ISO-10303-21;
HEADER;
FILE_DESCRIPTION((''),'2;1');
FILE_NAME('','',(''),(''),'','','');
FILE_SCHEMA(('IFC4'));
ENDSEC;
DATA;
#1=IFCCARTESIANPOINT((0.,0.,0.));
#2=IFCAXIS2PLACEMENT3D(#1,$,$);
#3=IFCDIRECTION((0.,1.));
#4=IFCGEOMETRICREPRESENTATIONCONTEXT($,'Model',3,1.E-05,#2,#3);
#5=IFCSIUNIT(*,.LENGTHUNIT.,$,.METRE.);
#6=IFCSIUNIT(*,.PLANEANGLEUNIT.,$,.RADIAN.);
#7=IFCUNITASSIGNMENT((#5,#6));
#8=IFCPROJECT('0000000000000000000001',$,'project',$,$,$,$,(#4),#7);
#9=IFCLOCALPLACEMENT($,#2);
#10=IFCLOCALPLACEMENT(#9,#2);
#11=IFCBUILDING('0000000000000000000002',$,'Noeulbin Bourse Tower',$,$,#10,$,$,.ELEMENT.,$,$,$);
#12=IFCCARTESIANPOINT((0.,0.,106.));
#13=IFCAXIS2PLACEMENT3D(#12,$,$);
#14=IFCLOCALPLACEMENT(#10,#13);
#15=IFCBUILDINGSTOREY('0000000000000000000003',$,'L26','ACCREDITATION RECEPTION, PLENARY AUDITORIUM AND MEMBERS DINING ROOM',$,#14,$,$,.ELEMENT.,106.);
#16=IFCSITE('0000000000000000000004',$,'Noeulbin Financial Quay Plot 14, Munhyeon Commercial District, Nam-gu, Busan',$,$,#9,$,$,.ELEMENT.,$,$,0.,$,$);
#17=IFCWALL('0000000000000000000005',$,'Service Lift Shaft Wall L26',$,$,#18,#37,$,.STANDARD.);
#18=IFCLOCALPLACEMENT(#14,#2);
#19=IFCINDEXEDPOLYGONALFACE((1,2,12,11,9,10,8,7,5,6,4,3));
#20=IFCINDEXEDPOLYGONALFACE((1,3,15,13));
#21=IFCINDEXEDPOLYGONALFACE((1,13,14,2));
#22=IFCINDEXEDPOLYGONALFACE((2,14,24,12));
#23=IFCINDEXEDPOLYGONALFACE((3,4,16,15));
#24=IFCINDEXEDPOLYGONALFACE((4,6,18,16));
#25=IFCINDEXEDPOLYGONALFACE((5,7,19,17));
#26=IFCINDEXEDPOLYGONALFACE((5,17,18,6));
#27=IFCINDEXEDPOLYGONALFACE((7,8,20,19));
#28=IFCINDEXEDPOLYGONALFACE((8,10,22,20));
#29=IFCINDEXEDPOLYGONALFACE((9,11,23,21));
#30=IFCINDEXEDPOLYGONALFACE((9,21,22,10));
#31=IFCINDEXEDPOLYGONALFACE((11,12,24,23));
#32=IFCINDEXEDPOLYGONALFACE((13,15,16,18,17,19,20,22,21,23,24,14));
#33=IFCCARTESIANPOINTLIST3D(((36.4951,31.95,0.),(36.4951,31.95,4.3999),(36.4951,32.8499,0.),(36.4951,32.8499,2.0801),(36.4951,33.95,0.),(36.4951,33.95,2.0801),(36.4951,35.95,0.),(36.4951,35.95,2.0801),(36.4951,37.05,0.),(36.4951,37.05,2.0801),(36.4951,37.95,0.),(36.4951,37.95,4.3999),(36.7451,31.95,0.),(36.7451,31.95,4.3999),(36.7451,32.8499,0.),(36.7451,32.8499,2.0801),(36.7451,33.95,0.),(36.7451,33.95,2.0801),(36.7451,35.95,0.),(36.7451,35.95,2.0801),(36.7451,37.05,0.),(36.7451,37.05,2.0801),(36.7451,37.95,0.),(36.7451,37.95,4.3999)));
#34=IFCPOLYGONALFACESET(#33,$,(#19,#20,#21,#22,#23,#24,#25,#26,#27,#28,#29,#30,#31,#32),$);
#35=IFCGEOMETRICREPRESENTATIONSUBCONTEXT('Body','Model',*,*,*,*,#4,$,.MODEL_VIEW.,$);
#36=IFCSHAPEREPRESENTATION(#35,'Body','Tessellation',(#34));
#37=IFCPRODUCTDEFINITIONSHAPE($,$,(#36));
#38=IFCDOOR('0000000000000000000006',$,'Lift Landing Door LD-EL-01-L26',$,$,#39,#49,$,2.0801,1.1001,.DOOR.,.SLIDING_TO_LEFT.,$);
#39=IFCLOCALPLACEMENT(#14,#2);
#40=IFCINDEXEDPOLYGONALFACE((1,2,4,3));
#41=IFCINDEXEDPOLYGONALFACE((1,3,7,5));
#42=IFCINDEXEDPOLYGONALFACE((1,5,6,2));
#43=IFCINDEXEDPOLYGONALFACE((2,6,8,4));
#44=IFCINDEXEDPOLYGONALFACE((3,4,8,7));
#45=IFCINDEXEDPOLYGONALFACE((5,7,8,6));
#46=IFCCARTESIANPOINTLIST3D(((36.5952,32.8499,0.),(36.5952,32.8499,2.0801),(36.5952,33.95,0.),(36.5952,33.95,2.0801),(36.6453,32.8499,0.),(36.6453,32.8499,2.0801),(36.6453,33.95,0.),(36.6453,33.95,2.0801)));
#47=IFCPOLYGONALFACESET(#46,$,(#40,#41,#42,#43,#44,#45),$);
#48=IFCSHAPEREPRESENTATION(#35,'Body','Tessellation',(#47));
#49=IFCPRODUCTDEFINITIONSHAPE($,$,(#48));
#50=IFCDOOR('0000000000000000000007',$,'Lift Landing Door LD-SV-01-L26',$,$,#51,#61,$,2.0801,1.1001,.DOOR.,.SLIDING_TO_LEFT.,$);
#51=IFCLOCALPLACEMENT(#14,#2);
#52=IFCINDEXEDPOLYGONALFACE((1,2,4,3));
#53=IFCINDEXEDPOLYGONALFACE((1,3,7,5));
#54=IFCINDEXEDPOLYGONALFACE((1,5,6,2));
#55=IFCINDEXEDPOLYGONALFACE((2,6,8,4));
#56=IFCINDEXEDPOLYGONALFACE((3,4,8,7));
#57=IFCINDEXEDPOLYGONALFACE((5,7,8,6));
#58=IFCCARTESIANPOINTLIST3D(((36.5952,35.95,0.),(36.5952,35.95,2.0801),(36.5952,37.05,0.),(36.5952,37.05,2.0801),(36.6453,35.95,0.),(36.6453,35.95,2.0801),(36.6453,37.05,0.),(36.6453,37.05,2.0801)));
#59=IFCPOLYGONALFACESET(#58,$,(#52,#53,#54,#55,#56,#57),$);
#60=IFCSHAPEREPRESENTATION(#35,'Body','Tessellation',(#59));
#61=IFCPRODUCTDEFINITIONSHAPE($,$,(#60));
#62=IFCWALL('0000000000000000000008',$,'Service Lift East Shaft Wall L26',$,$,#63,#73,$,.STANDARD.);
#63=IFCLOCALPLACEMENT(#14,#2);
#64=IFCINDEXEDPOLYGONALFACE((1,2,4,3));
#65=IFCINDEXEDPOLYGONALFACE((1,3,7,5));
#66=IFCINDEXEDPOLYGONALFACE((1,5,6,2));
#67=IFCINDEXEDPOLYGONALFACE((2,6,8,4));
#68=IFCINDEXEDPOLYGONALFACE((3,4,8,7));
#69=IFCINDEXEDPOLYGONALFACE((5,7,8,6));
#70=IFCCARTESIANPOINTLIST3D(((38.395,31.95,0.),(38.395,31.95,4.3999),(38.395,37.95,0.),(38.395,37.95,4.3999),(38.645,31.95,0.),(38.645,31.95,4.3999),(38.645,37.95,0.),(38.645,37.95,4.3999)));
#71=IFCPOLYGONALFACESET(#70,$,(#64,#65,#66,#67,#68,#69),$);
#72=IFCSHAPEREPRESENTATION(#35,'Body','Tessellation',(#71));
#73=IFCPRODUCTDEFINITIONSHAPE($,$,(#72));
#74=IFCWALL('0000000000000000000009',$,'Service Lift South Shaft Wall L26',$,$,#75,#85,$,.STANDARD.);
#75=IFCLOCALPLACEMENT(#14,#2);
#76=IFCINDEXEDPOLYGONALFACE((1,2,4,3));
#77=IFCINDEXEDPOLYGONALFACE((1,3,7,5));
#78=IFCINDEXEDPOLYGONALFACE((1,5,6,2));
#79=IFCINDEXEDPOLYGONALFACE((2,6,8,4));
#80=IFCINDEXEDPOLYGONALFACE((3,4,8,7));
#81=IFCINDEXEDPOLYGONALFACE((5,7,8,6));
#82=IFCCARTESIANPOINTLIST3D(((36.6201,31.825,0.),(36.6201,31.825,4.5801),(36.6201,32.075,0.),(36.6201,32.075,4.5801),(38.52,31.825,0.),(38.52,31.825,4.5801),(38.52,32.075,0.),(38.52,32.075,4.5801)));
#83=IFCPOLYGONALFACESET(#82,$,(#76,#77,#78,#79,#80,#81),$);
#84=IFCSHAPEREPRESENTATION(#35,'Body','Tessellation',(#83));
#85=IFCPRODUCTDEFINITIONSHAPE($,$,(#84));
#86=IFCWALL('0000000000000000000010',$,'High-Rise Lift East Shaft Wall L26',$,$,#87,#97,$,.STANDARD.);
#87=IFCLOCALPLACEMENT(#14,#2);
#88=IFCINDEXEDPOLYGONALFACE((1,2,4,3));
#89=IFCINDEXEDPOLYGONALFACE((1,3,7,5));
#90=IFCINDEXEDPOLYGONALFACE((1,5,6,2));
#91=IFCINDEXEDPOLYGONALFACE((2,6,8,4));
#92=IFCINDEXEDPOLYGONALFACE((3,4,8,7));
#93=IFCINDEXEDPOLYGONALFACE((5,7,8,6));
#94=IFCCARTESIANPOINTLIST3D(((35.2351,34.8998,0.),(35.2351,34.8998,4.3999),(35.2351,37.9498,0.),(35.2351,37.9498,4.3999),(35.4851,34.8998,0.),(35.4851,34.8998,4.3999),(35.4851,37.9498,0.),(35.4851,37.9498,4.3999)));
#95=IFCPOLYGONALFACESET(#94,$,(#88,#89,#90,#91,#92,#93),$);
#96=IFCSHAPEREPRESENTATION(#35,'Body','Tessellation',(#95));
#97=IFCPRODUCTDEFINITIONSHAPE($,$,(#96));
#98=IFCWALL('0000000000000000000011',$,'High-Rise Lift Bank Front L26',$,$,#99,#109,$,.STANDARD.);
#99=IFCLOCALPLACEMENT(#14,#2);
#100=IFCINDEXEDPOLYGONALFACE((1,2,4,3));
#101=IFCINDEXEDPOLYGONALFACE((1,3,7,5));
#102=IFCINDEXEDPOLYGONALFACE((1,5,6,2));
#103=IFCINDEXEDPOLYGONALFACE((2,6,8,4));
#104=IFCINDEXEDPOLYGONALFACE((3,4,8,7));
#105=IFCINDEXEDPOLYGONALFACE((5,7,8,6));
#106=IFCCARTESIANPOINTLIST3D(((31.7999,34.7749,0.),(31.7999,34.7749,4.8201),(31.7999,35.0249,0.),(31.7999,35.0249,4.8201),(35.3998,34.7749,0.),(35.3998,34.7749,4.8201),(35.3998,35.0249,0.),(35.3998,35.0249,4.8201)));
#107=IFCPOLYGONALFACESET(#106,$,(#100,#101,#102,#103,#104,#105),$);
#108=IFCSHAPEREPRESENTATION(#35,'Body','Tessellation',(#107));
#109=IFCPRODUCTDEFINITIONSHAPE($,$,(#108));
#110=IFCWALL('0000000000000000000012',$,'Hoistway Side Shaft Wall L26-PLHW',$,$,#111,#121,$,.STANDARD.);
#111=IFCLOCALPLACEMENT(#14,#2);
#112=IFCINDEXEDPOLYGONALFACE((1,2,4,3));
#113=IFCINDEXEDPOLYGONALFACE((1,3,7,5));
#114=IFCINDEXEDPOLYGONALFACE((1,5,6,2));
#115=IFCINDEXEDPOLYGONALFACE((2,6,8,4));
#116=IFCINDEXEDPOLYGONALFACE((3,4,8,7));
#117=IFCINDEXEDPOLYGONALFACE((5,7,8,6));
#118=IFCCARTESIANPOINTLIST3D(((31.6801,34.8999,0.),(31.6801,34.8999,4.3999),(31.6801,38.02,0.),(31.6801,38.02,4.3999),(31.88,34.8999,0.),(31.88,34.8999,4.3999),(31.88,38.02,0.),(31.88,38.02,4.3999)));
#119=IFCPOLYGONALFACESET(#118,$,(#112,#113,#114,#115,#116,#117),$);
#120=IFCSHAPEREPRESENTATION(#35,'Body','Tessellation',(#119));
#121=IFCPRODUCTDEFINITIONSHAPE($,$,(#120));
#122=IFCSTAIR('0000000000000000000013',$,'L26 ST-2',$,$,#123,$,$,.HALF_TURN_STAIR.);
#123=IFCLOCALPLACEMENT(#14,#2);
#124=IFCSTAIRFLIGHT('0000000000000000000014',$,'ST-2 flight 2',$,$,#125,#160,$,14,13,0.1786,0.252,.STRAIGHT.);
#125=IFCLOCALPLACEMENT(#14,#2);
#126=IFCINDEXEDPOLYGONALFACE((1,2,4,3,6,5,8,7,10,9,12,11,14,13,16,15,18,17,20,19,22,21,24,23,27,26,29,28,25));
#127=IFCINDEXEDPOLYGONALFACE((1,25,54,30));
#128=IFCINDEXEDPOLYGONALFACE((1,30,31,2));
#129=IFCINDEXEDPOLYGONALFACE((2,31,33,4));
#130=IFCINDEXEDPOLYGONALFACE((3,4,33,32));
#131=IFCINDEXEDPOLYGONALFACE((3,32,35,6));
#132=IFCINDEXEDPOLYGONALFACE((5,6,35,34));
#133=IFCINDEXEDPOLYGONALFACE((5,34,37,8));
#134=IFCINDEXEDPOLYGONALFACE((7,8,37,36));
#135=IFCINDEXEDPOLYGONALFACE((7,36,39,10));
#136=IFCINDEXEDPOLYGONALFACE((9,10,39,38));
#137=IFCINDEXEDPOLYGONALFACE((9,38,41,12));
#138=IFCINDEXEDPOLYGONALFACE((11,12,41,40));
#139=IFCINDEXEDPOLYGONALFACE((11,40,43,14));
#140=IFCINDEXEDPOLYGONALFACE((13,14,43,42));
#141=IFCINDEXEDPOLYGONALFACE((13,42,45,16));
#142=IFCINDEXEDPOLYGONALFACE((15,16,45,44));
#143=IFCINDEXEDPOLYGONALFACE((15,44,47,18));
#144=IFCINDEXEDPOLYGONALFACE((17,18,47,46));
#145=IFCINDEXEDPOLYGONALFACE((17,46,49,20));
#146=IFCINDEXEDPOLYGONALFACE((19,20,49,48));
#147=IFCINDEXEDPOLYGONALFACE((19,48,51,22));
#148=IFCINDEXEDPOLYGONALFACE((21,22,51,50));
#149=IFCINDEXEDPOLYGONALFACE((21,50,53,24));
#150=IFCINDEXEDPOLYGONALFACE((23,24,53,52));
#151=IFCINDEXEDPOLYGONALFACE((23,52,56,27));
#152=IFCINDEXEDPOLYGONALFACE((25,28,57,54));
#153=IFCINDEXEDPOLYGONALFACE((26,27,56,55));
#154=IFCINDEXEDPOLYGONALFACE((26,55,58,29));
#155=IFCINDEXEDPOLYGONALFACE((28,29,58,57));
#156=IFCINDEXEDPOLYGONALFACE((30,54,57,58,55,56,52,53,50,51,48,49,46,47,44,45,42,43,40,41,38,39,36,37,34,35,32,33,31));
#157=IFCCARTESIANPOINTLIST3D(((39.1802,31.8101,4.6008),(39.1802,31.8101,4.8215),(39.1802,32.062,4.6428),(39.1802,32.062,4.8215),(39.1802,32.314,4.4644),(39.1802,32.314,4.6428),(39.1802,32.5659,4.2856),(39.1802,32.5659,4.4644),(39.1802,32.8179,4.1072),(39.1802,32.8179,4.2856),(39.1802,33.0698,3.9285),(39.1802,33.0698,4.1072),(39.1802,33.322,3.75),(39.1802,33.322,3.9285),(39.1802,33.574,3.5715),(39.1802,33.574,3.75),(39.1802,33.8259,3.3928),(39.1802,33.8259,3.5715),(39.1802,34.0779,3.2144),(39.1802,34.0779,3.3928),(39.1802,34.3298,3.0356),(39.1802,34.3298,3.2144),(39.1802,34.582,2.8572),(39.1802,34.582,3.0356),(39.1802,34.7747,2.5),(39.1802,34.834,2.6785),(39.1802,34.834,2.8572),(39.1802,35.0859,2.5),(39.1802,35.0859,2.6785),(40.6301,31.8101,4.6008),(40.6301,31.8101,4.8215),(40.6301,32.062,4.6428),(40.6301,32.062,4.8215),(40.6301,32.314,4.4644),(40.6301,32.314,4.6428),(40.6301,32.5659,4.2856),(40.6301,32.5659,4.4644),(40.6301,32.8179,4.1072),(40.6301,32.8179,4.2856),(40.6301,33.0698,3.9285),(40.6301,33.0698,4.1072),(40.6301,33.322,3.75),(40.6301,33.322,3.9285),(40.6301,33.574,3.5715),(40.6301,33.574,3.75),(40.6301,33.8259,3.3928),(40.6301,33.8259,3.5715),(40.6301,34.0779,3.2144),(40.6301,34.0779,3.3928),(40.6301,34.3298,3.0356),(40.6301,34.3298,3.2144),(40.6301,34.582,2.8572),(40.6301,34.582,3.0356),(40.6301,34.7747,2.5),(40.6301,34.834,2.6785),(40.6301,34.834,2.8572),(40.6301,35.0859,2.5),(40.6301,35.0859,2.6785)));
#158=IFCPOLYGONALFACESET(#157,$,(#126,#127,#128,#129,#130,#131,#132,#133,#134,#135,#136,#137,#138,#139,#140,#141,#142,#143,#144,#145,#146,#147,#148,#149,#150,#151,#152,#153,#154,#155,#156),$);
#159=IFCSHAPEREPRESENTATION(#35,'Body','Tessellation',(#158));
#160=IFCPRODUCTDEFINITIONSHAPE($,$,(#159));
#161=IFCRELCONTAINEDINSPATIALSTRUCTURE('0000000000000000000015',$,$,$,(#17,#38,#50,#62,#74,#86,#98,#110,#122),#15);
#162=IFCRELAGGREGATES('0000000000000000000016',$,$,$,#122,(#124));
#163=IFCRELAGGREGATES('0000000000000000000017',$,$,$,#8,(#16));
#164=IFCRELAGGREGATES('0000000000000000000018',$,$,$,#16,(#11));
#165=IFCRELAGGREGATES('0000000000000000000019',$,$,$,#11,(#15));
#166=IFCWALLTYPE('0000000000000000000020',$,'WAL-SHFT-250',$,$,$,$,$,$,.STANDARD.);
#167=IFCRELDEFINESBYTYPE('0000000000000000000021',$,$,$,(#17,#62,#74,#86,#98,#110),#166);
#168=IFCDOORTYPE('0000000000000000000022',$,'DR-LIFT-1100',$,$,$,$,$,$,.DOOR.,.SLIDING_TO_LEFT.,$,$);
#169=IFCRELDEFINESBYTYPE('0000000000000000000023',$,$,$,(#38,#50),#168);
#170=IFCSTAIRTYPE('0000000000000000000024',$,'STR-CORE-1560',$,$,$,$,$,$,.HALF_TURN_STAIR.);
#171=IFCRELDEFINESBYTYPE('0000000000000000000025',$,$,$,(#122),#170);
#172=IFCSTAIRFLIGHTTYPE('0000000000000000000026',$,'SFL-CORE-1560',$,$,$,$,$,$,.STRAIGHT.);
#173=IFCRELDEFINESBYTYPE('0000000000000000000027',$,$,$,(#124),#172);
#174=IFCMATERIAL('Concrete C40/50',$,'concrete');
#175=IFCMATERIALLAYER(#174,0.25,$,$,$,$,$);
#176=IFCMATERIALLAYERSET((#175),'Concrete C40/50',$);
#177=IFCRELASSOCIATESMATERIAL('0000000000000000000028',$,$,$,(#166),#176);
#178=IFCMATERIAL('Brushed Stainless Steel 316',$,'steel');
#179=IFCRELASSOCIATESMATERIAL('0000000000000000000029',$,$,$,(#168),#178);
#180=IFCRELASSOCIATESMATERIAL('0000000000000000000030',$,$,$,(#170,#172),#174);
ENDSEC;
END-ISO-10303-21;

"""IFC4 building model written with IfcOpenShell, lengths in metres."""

from ifc_helpers import new_model, si_unit, direction, frame, frame_2d, origin, place, context, subcontext, project, spatial, polyline, rectangle, outline, extrude, material, layer, layer_set, type_object, element, fill, aggregate, save


model = new_model("IFC4")

# Units and contexts
model_context = context("Model", 3, precision=1e-05, world=origin(), true_north=direction((0.0, 1.0)))
body_context = subcontext(model_context, "Body", "Model", "MODEL_VIEW")
ifc_project = project(units=[si_unit("LENGTHUNIT", "METRE"), si_unit("PLANEANGLEUNIT", "RADIAN")], contexts=[model_context])

# Site, building, storey
site_placement = place(None, origin())
site = spatial("IfcSite", under=ifc_project, at=site_placement, Name="Noeulbin Financial Quay Plot 14, Munhyeon Commercial District, Nam-gu, Busan", CompositionType="ELEMENT", RefElevation=0.0)
building_placement = place(site_placement, origin())
building = spatial("IfcBuilding", under=site, at=building_placement, Name="Noeulbin Bourse Tower", CompositionType="ELEMENT")
storey_placement = place(building_placement, frame((0.0, 0.0, 106.0)))
storey = spatial("IfcBuildingStorey", under=building, at=storey_placement, Name="L26", Description="ACCREDITATION RECEPTION, PLENARY AUDITORIUM AND MEMBERS DINING ROOM", CompositionType="ELEMENT", Elevation=106.0)

# Shared definitions
ifc_material_1 = material(Name="Concrete C40/50", Category="concrete")

# Shared definitions
ifc_layer_1 = layer(ifc_material_1, 0.25)
ifc_layer_set_1 = layer_set([ifc_layer_1], Name="Concrete C40/50")
wall_type_1 = type_object("IfcWallType", Name="WAL-SHFT-250", PredefinedType="STANDARD", material=ifc_layer_set_1)

# Wall, openings, doors
wall_1_placement = place(storey_placement, frame((36.6201, 31.95, 0.0), z_axis=(0.0, 0.0, 1.0), x_axis=(0.0, 1.0, 0.0)))
wall_1 = element("IfcWall", 1, at=wall_1_placement, inside=storey, type_object=wall_type_1, Name="Service Lift Shaft Wall L26", PredefinedType="STANDARD", context=body_context, shape_type="SweptSolid", body=[
    extrude(rectangle(XDim=6.0, YDim=0.25, at=frame_2d((3.0, 0.0))), origin(), (0.0, 0.0, 1.0), 4.3999),
])
opening_1_placement = place(wall_1_placement, frame((0.8999, 0.0, 0.0)))
opening_1 = element("IfcOpeningElement", 2, at=opening_1_placement, cuts=wall_1, PredefinedType="OPENING", context=body_context, shape_type="SweptSolid", body=[
    extrude(rectangle(XDim=1.1001, YDim=2.0801, at=frame_2d((0.55, 1.04))), frame((0.0, 0.135, 0.0), z_axis=(0.0, -1.0, 0.0), x_axis=(1.0, 0.0, 0.0)), (0.0, 0.0, 1.0), 0.27),
])
opening_2_placement = place(wall_1_placement, frame((4.0, 0.0, 0.0)))
opening_2 = element("IfcOpeningElement", 3, at=opening_2_placement, cuts=wall_1, PredefinedType="OPENING", context=body_context, shape_type="SweptSolid", body=[
    extrude(rectangle(XDim=1.1001, YDim=2.0801, at=frame_2d((0.55, 1.04))), frame((0.0, 0.135, 0.0), z_axis=(0.0, -1.0, 0.0), x_axis=(1.0, 0.0, 0.0)), (0.0, 0.0, 1.0), 0.27),
])
ifc_material_2 = material(Name="Brushed Stainless Steel 316", Category="steel")
door_type_1 = type_object("IfcDoorType", Name="DR-LIFT-1100", OperationType="SLIDING_TO_LEFT", PredefinedType="DOOR", material=ifc_material_2)
door_1_placement = place(opening_1_placement, origin())
door_1 = element("IfcDoor", 4, at=door_1_placement, inside=storey, type_object=door_type_1, Name="Lift Landing Door LD-EL-01-L26", OperationType="SLIDING_TO_LEFT", OverallHeight=2.0801, OverallWidth=1.1001, PredefinedType="DOOR", context=body_context, shape_type="SweptSolid", body=[
    extrude(rectangle(XDim=1.1001, YDim=2.0801, at=frame_2d((0.55, 1.04))), frame((0.0, 0.0249, 0.0), z_axis=(0.0, -1.0, 0.0), x_axis=(1.0, 0.0, 0.0)), (0.0, 0.0, 1.0), 0.05),
])
fill(opening_1, door_1)
door_2_placement = place(opening_2_placement, origin())
door_2 = element("IfcDoor", 5, at=door_2_placement, inside=storey, type_object=door_type_1, Name="Lift Landing Door LD-SV-01-L26", OperationType="SLIDING_TO_LEFT", OverallHeight=2.0801, OverallWidth=1.1001, PredefinedType="DOOR", context=body_context, shape_type="SweptSolid", body=[
    extrude(rectangle(XDim=1.1001, YDim=2.0801, at=frame_2d((0.55, 1.04))), frame((0.0, 0.0249, 0.0), z_axis=(0.0, -1.0, 0.0), x_axis=(1.0, 0.0, 0.0)), (0.0, 0.0, 1.0), 0.05),
])
fill(opening_2, door_2)

# Walls
wall_2_placement = place(storey_placement, frame((38.52, 31.95, 0.0), z_axis=(0.0, 0.0, 1.0), x_axis=(0.0, 1.0, 0.0)))
element("IfcWall", 6, at=wall_2_placement, inside=storey, type_object=wall_type_1, Name="Service Lift East Shaft Wall L26", PredefinedType="STANDARD", context=body_context, shape_type="SweptSolid", body=[
    extrude(rectangle(XDim=6.0, YDim=0.25, at=frame_2d((3.0, 0.0))), origin(), (0.0, 0.0, 1.0), 4.3999),
])
wall_3_placement = place(storey_placement, frame((36.6201, 31.95, 0.0), z_axis=(0.0, 0.0, 1.0), x_axis=(1.0, 0.0, 0.0)))
element("IfcWall", 7, at=wall_3_placement, inside=storey, type_object=wall_type_1, Name="Service Lift South Shaft Wall L26", PredefinedType="STANDARD", context=body_context, shape_type="SweptSolid", body=[
    extrude(rectangle(XDim=1.8999, YDim=0.25, at=frame_2d((0.95, 0.0))), origin(), (0.0, 0.0, 1.0), 4.5801),
])
wall_4_placement = place(storey_placement, frame((35.3601, 34.8999, 0.0), z_axis=(0.0, 0.0, 1.0), x_axis=(0.0, 1.0, 0.0)))
element("IfcWall", 8, at=wall_4_placement, inside=storey, type_object=wall_type_1, Name="High-Rise Lift East Shaft Wall L26", PredefinedType="STANDARD", context=body_context, shape_type="SweptSolid", body=[
    extrude(rectangle(XDim=3.05, YDim=0.25, at=frame_2d((1.5249, 0.0))), origin(), (0.0, 0.0, 1.0), 4.3999),
])
wall_5_placement = place(storey_placement, frame((31.8, 34.8999, 0.0), z_axis=(0.0, 0.0, 1.0), x_axis=(1.0, 0.0, 0.0)))
element("IfcWall", 9, at=wall_5_placement, inside=storey, type_object=wall_type_1, Name="High-Rise Lift Bank Front L26", PredefinedType="STANDARD", context=body_context, shape_type="SweptSolid", body=[
    extrude(rectangle(XDim=3.5999, YDim=0.25, at=frame_2d((1.7998, 0.0))), origin(), (0.0, 0.0, 1.0), 4.8201),
])
wall_6_placement = place(storey_placement, frame((31.78, 34.8999, 0.0), z_axis=(0.0, 0.0, 1.0), x_axis=(0.0, 1.0, 0.0)))
element("IfcWall", 10, at=wall_6_placement, inside=storey, type_object=wall_type_1, Name="Hoistway Side Shaft Wall L26-PLHW", PredefinedType="STANDARD", context=body_context, shape_type="SweptSolid", body=[
    extrude(rectangle(XDim=3.1201, YDim=0.2, at=frame_2d((1.5601, 0.0))), origin(), (0.0, 0.0, 1.0), 4.3999),
])

# Stair, stair flight
stair_type = type_object("IfcStairType", Name="STR-CORE-1560", PredefinedType="HALF_TURN_STAIR", material=ifc_material_1)
stair_placement = place(storey_placement, origin())
stair = element("IfcStair", 11, at=stair_placement, inside=storey, type_object=stair_type, Name="L26 ST-2", PredefinedType="HALF_TURN_STAIR")
stair_flight_type = type_object("IfcStairFlightType", Name="SFL-CORE-1560", PredefinedType="STRAIGHT", material=ifc_material_1)
stair_flight_placement = place(storey_placement, frame((39.905, 35.0859, 2.5), z_axis=(0.0, 0.0, 1.0), x_axis=(0.0, -1.0, 0.0)))
stair_flight = element("IfcStairFlight", 12, at=stair_flight_placement, type_object=stair_flight_type, Name="ST-2 flight 2", NumberOfRisers=14, NumberOfTreads=13, PredefinedType="STRAIGHT", RiserHeight=0.1786, TreadLength=0.252, context=body_context, shape_type="SweptSolid", body=[
    extrude(outline(polyline([(0.0, 0.0), (0.0, 0.1785), (0.252, 0.1785), (0.252, 0.3572), (0.5039, 0.3572), (0.5039, 0.5356), (0.7561, 0.5356), (0.7561, 0.7144), (1.0081, 0.7144), (1.0081, 0.8928), (1.26, 0.8928), (1.26, 1.0715), (1.512, 1.0715), (1.512, 1.25), (1.7639, 1.25), (1.7639, 1.4285), (2.0161, 1.4285), (2.0161, 1.6072), (2.2681, 1.6072), (2.2681, 1.7856), (2.52, 1.7856), (2.52, 1.9644), (2.772, 1.9644), (2.772, 2.1428), (3.0239, 2.1428), (3.0239, 2.3215), (3.2759, 2.3215), (3.2759, 2.5), (3.2759, 2.1008), (0.3113, 0.0), (0.0, 0.0)])), frame((0.0, 0.7251, 0.0), z_axis=(0.0, -1.0, 0.0), x_axis=(1.0, 0.0, 0.0)), (0.0, 0.0, 1.0), 1.45),
])
aggregate(stair, [stair_flight])

save(model, "model.ifc")
